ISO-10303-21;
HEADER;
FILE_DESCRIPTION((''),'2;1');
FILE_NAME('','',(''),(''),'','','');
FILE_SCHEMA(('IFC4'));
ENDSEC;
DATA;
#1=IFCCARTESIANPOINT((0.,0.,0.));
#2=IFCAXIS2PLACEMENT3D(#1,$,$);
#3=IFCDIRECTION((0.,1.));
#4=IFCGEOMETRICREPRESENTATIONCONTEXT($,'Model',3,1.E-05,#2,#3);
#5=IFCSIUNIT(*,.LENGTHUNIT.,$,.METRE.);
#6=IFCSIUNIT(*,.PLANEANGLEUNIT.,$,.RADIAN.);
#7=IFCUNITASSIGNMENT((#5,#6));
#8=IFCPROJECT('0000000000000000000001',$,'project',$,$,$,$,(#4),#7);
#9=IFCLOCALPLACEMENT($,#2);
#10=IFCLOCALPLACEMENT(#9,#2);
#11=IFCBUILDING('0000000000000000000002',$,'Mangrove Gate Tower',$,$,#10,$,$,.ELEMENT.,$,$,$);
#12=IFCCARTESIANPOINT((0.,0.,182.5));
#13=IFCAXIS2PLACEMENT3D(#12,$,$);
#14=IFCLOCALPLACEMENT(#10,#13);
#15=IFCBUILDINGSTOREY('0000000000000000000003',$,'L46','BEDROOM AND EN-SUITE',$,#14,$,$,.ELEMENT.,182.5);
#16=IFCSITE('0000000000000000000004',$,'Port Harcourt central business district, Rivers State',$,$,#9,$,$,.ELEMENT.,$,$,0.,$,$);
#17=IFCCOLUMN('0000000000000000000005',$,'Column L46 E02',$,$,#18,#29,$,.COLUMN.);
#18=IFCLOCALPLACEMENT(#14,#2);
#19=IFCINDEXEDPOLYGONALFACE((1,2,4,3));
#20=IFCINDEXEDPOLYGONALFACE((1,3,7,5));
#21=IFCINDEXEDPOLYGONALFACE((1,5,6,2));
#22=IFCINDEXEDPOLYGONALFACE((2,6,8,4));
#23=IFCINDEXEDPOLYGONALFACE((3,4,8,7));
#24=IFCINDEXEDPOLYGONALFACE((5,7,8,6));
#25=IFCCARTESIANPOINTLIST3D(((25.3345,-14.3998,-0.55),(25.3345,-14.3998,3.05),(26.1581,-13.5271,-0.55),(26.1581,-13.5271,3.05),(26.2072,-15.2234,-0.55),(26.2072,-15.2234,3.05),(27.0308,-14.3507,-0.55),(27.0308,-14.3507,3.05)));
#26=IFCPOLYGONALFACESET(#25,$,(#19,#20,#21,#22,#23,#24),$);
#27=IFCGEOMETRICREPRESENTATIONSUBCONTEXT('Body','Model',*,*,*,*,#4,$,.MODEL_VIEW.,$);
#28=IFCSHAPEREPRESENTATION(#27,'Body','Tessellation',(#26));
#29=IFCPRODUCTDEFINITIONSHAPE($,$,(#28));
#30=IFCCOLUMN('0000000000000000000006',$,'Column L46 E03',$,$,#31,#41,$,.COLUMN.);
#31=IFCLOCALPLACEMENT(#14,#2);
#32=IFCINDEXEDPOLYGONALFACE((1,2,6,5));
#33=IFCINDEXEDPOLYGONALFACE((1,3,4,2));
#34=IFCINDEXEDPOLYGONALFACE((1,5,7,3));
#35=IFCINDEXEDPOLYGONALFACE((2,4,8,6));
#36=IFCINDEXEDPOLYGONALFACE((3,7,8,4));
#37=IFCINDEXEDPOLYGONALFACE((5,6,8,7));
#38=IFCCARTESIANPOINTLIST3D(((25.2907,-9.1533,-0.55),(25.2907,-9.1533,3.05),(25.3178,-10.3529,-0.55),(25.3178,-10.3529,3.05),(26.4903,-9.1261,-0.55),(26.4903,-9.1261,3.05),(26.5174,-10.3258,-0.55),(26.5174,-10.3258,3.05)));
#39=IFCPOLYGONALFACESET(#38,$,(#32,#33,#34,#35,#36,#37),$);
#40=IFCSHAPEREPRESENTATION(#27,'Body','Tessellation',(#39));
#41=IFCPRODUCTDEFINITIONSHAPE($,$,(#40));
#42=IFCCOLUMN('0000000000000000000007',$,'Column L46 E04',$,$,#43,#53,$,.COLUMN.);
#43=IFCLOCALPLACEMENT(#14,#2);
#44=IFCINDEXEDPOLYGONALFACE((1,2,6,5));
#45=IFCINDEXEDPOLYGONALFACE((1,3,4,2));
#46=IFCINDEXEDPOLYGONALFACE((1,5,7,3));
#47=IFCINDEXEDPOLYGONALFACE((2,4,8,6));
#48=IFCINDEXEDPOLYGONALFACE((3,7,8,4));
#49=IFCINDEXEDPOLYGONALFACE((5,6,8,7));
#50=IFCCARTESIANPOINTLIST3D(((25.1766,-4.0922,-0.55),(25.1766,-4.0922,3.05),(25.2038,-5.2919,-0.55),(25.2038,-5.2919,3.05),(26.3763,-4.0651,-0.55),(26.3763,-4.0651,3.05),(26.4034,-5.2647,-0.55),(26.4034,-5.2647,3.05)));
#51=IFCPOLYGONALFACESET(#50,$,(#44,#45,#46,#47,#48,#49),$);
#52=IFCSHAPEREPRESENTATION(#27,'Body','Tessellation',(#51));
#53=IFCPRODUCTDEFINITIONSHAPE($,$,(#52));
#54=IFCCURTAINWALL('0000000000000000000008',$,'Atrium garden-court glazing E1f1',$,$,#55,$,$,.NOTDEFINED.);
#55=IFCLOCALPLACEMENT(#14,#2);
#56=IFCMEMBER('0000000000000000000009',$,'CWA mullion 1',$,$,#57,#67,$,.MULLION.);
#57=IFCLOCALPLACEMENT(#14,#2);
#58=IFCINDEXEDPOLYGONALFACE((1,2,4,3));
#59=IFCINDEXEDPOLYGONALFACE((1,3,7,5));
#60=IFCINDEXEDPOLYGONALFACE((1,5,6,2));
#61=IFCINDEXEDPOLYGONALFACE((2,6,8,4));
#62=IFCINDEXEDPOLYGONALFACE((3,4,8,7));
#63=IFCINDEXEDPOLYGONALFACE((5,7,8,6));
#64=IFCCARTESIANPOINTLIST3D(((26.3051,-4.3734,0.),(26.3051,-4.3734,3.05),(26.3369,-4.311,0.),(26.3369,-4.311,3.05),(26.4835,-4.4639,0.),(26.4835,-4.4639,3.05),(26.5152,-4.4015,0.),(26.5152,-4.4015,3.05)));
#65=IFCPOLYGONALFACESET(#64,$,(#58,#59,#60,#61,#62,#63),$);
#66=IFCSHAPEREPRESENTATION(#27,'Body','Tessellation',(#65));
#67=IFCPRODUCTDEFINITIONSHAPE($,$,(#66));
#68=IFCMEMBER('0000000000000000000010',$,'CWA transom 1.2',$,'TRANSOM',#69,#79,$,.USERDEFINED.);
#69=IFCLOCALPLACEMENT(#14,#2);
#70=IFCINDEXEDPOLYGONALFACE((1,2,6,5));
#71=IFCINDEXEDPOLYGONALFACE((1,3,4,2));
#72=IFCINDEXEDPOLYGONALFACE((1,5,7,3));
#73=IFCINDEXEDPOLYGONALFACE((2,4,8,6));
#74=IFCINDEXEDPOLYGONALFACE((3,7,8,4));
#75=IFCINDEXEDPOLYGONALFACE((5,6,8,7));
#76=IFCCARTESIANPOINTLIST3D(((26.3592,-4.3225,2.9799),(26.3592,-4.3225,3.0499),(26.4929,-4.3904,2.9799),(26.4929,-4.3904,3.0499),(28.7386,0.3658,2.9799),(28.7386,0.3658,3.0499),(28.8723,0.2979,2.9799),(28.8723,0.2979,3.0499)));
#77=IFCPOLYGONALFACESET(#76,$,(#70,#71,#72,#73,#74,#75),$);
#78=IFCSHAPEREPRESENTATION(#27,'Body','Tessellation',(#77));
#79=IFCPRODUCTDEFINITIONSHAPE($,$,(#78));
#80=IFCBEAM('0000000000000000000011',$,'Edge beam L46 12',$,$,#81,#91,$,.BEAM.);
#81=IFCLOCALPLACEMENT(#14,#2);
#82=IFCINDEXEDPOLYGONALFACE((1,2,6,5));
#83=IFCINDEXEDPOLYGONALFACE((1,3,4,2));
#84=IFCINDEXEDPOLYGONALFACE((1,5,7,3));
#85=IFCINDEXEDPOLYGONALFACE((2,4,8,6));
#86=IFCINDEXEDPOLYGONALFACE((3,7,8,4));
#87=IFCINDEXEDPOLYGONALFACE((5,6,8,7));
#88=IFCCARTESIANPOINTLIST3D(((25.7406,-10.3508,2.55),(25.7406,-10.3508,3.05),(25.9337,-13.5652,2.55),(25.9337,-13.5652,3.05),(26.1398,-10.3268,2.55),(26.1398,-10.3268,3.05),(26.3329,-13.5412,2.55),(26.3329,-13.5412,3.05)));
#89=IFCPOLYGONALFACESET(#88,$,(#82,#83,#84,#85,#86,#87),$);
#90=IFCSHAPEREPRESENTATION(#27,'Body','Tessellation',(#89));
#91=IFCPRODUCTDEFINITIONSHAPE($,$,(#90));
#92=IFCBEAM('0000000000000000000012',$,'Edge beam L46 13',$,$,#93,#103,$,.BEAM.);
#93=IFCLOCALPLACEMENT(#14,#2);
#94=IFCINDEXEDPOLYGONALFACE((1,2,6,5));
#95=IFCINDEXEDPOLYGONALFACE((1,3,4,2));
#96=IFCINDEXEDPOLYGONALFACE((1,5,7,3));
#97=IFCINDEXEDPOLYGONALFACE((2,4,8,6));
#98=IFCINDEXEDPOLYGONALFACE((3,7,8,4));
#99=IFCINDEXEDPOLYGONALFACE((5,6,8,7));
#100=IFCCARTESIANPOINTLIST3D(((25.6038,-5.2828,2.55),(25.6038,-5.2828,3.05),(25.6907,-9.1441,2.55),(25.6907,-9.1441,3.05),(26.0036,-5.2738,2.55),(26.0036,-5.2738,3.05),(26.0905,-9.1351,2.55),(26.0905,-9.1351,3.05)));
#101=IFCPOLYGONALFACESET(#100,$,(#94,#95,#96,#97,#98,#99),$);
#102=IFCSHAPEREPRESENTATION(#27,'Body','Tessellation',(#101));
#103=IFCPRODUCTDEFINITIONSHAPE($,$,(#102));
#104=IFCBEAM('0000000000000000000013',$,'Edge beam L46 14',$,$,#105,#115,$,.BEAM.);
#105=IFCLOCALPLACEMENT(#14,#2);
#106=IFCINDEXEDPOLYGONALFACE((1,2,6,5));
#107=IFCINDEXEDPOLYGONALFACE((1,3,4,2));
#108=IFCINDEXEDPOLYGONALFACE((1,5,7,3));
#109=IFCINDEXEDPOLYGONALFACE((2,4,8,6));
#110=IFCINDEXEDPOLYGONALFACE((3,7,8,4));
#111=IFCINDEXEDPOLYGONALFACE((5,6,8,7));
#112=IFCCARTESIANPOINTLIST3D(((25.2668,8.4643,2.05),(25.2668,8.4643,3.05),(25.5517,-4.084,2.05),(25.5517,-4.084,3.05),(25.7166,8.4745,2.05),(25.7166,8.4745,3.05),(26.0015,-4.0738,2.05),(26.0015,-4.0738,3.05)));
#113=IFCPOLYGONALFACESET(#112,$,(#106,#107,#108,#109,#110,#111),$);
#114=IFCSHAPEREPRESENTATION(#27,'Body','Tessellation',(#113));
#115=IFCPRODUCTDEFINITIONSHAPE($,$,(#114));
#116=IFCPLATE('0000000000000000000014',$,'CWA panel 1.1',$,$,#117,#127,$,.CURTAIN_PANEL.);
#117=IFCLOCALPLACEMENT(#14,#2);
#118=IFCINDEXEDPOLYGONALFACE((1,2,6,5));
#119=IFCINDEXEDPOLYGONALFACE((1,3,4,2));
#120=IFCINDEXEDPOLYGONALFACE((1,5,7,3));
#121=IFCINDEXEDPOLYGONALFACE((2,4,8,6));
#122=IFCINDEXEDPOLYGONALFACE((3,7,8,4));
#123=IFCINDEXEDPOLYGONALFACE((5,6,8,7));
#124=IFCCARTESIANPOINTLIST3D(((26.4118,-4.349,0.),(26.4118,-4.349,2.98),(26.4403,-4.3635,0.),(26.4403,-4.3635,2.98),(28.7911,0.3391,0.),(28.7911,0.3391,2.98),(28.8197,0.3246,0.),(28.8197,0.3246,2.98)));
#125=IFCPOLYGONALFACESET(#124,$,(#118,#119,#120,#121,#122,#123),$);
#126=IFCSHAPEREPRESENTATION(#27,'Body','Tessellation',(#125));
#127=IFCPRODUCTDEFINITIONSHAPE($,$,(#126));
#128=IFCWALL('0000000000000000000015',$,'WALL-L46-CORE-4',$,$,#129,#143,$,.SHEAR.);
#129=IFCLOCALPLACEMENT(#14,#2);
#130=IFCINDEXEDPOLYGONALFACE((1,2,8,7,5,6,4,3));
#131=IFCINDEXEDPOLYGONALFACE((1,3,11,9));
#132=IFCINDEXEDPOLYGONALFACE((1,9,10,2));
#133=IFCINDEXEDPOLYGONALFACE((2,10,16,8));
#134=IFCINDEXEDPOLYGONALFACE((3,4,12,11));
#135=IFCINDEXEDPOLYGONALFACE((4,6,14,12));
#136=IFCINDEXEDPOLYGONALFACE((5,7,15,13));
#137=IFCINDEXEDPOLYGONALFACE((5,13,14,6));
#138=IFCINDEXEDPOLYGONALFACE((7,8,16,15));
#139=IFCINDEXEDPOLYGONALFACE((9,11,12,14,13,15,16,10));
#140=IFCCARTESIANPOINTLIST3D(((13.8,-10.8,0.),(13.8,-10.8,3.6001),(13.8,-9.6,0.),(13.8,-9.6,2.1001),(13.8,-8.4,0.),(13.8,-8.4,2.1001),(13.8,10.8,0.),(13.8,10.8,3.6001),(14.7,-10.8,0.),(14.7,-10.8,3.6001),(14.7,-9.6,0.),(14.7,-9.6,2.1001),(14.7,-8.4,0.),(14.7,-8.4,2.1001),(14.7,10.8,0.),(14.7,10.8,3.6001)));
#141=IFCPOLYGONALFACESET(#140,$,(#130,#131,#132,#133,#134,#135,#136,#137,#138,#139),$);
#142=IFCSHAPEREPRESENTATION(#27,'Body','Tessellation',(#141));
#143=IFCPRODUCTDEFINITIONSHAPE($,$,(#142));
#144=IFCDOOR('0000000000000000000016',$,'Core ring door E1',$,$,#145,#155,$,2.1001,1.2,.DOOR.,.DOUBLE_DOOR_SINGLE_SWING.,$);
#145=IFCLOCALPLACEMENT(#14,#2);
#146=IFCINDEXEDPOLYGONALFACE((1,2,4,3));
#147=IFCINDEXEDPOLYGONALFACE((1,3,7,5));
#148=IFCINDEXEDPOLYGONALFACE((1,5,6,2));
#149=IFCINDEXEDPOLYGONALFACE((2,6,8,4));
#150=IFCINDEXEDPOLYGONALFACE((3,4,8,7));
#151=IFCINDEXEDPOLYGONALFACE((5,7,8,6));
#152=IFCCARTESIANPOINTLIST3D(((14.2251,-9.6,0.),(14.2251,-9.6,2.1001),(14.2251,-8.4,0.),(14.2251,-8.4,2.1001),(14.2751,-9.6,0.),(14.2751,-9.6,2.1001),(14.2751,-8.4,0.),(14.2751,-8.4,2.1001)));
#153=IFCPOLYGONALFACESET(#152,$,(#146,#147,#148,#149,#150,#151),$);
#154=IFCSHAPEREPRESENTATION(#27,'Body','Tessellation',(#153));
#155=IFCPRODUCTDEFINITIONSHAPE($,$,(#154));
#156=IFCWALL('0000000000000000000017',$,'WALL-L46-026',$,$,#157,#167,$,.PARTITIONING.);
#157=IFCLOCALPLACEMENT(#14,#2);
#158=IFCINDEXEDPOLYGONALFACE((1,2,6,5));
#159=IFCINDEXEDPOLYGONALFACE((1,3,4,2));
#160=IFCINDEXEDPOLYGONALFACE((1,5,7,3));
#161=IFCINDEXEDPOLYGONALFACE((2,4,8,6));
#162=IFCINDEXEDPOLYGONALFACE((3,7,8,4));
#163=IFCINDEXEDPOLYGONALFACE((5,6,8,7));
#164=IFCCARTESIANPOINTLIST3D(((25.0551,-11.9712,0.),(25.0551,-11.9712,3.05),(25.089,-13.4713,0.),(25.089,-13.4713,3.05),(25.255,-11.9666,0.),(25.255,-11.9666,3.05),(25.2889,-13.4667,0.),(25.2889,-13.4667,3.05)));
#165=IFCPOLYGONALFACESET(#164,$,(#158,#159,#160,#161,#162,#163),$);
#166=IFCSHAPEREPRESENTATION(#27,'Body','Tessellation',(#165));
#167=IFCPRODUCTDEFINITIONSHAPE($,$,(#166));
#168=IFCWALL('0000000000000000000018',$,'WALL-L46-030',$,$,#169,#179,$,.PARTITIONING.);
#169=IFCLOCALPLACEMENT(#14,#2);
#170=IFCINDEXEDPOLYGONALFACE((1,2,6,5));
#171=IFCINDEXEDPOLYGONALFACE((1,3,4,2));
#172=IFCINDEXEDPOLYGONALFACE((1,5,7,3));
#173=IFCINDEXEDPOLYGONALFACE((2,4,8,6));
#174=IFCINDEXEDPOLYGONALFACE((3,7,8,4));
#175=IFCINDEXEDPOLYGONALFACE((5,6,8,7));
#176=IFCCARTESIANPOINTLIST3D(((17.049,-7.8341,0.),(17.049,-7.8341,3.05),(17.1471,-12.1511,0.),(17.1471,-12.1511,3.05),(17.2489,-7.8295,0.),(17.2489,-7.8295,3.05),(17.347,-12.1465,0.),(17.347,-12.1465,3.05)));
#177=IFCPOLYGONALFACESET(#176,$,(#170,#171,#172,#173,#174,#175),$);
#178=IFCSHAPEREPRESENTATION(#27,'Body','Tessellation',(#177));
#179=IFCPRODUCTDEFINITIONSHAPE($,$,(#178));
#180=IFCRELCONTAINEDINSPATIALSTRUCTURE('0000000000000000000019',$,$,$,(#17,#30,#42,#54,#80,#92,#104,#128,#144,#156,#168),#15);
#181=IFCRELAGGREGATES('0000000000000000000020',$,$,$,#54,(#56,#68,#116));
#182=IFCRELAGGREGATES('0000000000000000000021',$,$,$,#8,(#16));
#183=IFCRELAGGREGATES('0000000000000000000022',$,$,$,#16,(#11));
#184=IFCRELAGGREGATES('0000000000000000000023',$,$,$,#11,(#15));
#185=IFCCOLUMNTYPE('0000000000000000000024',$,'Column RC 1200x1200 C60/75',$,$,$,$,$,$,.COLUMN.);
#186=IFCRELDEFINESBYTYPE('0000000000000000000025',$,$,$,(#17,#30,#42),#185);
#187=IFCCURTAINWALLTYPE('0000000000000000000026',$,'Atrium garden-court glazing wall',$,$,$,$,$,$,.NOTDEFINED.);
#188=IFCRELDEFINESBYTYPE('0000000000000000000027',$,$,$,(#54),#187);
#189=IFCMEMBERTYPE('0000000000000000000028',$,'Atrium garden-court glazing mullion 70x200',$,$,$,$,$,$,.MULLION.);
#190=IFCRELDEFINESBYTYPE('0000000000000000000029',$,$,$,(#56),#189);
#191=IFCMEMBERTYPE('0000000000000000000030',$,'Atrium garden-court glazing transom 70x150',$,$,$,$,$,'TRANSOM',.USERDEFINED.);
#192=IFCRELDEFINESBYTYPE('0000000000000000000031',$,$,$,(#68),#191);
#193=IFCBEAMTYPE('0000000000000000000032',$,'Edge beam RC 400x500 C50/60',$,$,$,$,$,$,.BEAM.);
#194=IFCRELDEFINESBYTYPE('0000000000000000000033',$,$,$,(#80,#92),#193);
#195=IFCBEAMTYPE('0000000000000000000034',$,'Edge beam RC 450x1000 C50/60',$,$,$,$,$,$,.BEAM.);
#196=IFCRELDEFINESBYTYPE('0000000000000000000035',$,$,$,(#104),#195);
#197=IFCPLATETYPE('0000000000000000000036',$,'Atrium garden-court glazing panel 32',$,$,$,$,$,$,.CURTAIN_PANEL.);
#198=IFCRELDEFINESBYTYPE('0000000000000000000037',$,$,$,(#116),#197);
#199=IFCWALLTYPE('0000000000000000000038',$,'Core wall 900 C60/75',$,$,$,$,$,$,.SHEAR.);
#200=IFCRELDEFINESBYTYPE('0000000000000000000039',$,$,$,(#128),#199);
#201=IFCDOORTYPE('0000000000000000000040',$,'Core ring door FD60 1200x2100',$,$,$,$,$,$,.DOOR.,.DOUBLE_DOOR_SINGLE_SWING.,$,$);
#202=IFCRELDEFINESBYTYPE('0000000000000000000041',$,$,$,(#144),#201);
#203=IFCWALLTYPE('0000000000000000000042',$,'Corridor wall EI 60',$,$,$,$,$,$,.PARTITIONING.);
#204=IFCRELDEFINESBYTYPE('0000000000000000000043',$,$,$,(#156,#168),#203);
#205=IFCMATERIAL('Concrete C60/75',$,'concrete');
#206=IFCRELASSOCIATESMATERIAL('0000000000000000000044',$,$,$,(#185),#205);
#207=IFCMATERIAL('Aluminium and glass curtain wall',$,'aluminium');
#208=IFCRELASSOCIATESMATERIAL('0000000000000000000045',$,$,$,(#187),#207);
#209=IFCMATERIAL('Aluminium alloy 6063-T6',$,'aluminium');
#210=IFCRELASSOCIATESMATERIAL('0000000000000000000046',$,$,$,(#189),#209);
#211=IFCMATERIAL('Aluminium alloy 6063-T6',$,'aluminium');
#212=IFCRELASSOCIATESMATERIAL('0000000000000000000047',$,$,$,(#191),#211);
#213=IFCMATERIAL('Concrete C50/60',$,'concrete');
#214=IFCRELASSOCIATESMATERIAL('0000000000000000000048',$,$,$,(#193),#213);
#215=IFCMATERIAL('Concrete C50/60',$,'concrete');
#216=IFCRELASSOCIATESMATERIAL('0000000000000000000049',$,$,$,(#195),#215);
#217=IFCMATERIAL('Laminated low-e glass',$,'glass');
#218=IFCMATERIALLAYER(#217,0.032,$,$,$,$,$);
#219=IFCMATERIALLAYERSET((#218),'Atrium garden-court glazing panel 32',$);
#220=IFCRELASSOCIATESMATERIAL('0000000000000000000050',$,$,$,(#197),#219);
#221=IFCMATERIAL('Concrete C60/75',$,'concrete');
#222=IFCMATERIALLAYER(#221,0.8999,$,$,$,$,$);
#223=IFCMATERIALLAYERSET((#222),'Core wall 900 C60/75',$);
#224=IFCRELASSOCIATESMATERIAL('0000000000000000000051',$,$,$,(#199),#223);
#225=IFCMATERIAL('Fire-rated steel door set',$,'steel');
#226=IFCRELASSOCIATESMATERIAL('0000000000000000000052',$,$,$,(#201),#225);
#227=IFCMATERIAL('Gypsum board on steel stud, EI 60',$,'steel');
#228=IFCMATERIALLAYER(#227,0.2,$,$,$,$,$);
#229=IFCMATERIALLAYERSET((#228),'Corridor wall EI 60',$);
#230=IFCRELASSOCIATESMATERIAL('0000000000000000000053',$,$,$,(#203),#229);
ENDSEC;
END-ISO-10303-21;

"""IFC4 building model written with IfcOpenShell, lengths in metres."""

from ifc_helpers import new_model, si_unit, direction, frame, frame_2d, origin, origin_2d, place, context, subcontext, project, spatial, rectangle, extrude, material, layer, layer_set, material_profile, profile_set, type_object, element, fill, aggregate, save


model = new_model("IFC4")

# Units and contexts
model_context = context("Model", 3, precision=1e-05, world=origin(), true_north=direction((0.0, 1.0)))
body_context = subcontext(model_context, "Body", "Model", "MODEL_VIEW")
ifc_project = project(units=[si_unit("LENGTHUNIT", "METRE"), si_unit("PLANEANGLEUNIT", "RADIAN")], contexts=[model_context])

# Site, building, storey
site_placement = place(None, origin())
site = spatial("IfcSite", under=ifc_project, at=site_placement, Name="Port Harcourt central business district, Rivers State", CompositionType="ELEMENT", RefElevation=0.0)
building_placement = place(site_placement, origin())
building = spatial("IfcBuilding", under=site, at=building_placement, Name="Mangrove Gate Tower", CompositionType="ELEMENT")
storey_placement = place(building_placement, frame((0.0, 0.0, 182.5)))
storey = spatial("IfcBuildingStorey", under=building, at=storey_placement, Name="L46", Description="BEDROOM AND EN-SUITE", CompositionType="ELEMENT", Elevation=182.5)

# Columns
ifc_material_1 = material(Name="Concrete C60/75", Category="concrete")
ifc_material_profile_1 = material_profile(ifc_material_1, rectangle(XDim=1.2, YDim=1.2, at=origin_2d()))
ifc_profile_set_1 = profile_set([ifc_material_profile_1], Name="Concrete C60/75")
column_type = type_object("IfcColumnType", Name="Column RC 1200x1200 C60/75", PredefinedType="COLUMN", material=ifc_profile_set_1)
for number, where, z_axis, x_axis, name in (
    (1, (26.1826, -14.3752, -0.55), (0.0, 0.0, 1.0), (0.686359, 0.727263, 0.0), "Column L46 E02"),
    (2, (25.9041, -9.7395, -0.55), (0.0, 0.0, 1.0), (-0.022618, 0.999744, 0.0), "Column L46 E03"),
    (3, (25.79, -4.6785, -0.55), (0.0, 0.0, 1.0), (-0.022643, 0.999744, 0.0), "Column L46 E04"),
):
    element("IfcColumn", number, at=place(storey_placement, frame(where, z_axis=z_axis, x_axis=x_axis)), inside=storey, type_object=column_type, Name=name, PredefinedType="COLUMN", context=body_context, shape_type="SweptSolid", body=[
        extrude(rectangle(XDim=1.2, YDim=1.2, at=origin_2d()), origin(), (0.0, 0.0, 1.0), 3.6001),
    ])

# Curtain wall, members
ifc_material_2 = material(Name="Aluminium and glass curtain wall", Category="aluminium")
curtain_wall_type = type_object("IfcCurtainWallType", Name="Atrium garden-court glazing wall", PredefinedType="NOTDEFINED", material=ifc_material_2)
curtain_wall_placement = place(storey_placement, origin())
curtain_wall = element("IfcCurtainWall", 4, at=curtain_wall_placement, inside=storey, type_object=curtain_wall_type, Name="Atrium garden-court glazing E1f1", PredefinedType="NOTDEFINED")
ifc_material_3 = material(Name="Aluminium alloy 6063-T6", Category="aluminium")
ifc_material_profile_2 = material_profile(ifc_material_3, rectangle(XDim=0.0701, YDim=0.2, at=origin_2d()))
ifc_profile_set_2 = profile_set([ifc_material_profile_2], Name="Aluminium alloy 6063-T6")
member_type_1 = type_object("IfcMemberType", Name="Atrium garden-court glazing mullion 70x200", PredefinedType="MULLION", material=ifc_profile_set_2)
member_1_placement = place(storey_placement, frame((26.4102, -4.3875, 0.0), z_axis=(0.0, 0.0, 1.0), x_axis=(0.452578, 0.891725, 0.0)))
member_1 = element("IfcMember", 5, at=member_1_placement, type_object=member_type_1, Name="CWA mullion 1", PredefinedType="MULLION", context=body_context, shape_type="SweptSolid", body=[
    extrude(rectangle(XDim=0.0701, YDim=0.2, at=origin_2d()), origin(), (0.0, 0.0, 1.0), 3.05),
])
ifc_material_4 = material(Name="Aluminium alloy 6063-T6", Category="aluminium")
ifc_material_profile_3 = material_profile(ifc_material_4, rectangle(XDim=0.0701, YDim=0.1499, at=origin_2d()))
ifc_profile_set_3 = profile_set([ifc_material_profile_3], Name="Aluminium alloy 6063-T6")
member_type_2 = type_object("IfcMemberType", Name="Atrium garden-court glazing transom 70x150", ElementType="TRANSOM", PredefinedType="USERDEFINED", material=ifc_profile_set_3)
member_2_placement = place(storey_placement, frame((26.426, -4.3564, 3.0149), z_axis=(0.452574, 0.891727, 0.0), x_axis=(0.0, 0.0, 1.0)))
member_2 = element("IfcMember", 6, at=member_2_placement, type_object=member_type_2, Name="CWA transom 1.2", ObjectType="TRANSOM", PredefinedType="USERDEFINED", context=body_context, shape_type="SweptSolid", body=[
    extrude(rectangle(XDim=0.0701, YDim=0.1499, at=origin_2d()), origin(), (0.0, 0.0, 1.0), 5.2576),
])

# Beams
ifc_material_5 = material(Name="Concrete C50/60", Category="concrete")
ifc_material_profile_4 = material_profile(ifc_material_5, rectangle(XDim=0.3999, YDim=0.5, at=origin_2d()))
ifc_profile_set_4 = profile_set([ifc_material_profile_4], Name="Concrete C50/60")
beam_type_1 = type_object("IfcBeamType", Name="Edge beam RC 400x500 C50/60", PredefinedType="BEAM", material=ifc_profile_set_4)
beam_1_placement = place(storey_placement, frame((26.1333, -13.5532, 2.8), z_axis=(-0.059971, 0.9982, 0.0), x_axis=(-0.9982, -0.059971, 0.0)))
element("IfcBeam", 7, at=beam_1_placement, inside=storey, type_object=beam_type_1, Name="Edge beam L46 12", PredefinedType="BEAM", context=body_context, shape_type="SweptSolid", body=[
    extrude(rectangle(XDim=0.3999, YDim=0.5, at=origin_2d()), origin(), (0.0, 0.0, 1.0), 3.2202),
])
beam_2_placement = place(storey_placement, frame((25.8906, -9.1396, 2.8), z_axis=(-0.022503, 0.999747, 0.0), x_axis=(-0.999747, -0.022503, 0.0)))
element("IfcBeam", 8, at=beam_2_placement, inside=storey, type_object=beam_type_1, Name="Edge beam L46 13", PredefinedType="BEAM", context=body_context, shape_type="SweptSolid", body=[
    extrude(rectangle(XDim=0.3999, YDim=0.5, at=origin_2d()), origin(), (0.0, 0.0, 1.0), 3.8623),
])
ifc_material_6 = material(Name="Concrete C50/60", Category="concrete")
ifc_material_profile_5 = material_profile(ifc_material_6, rectangle(XDim=0.45, YDim=1.0, at=origin_2d()))
ifc_profile_set_5 = profile_set([ifc_material_profile_5], Name="Concrete C50/60")
beam_type_2 = type_object("IfcBeamType", Name="Edge beam RC 450x1000 C50/60", PredefinedType="BEAM", material=ifc_profile_set_5)
beam_3_placement = place(storey_placement, frame((25.7766, -4.0789, 2.55), z_axis=(-0.022699, 0.999742, 0.0), x_axis=(-0.999742, -0.022699, 0.0)))
element("IfcBeam", 9, at=beam_3_placement, inside=storey, type_object=beam_type_2, Name="Edge beam L46 14", PredefinedType="BEAM", context=body_context, shape_type="SweptSolid", body=[
    extrude(rectangle(XDim=0.45, YDim=1.0, at=origin_2d()), origin(), (0.0, 0.0, 1.0), 12.5515),
])

# Plate
ifc_material_7 = material(Name="Laminated low-e glass", Category="glass")
ifc_layer_1 = layer(ifc_material_7, 0.032)
ifc_layer_set_1 = layer_set([ifc_layer_1], Name="Atrium garden-court glazing panel 32")
plate_type = type_object("IfcPlateType", Name="Atrium garden-court glazing panel 32", PredefinedType="CURTAIN_PANEL", material=ifc_layer_set_1)
plate_placement = place(storey_placement, frame((27.6157, -2.0122, 0.0), z_axis=(0.0, 0.0, 1.0), x_axis=(0.452578, 0.891725, 0.0)))
plate = element("IfcPlate", 10, at=plate_placement, type_object=plate_type, Name="CWA panel 1.1", PredefinedType="CURTAIN_PANEL", context=body_context, shape_type="SweptSolid", body=[
    extrude(rectangle(XDim=5.2573, YDim=0.032, at=origin_2d()), origin(), (0.0, 0.0, 1.0), 2.98),
])
aggregate(curtain_wall, [member_1, member_2, plate])

# Wall, opening, door
ifc_material_8 = material(Name="Concrete C60/75", Category="concrete")
ifc_layer_2 = layer(ifc_material_8, 0.8999)
ifc_layer_set_2 = layer_set([ifc_layer_2], Name="Core wall 900 C60/75")
wall_type_1 = type_object("IfcWallType", Name="Core wall 900 C60/75", PredefinedType="SHEAR", material=ifc_layer_set_2)
wall_1_placement = place(storey_placement, frame((14.25, -10.8, 0.0), z_axis=(0.0, 0.0, 1.0), x_axis=(0.0, 1.0, 0.0)))
wall_1 = element("IfcWall", 11, at=wall_1_placement, inside=storey, type_object=wall_type_1, Name="WALL-L46-CORE-4", PredefinedType="SHEAR", context=body_context, shape_type="SweptSolid", body=[
    extrude(rectangle(XDim=21.6001, YDim=0.8999, at=frame_2d((10.8, 0.0))), origin(), (0.0, 0.0, 1.0), 3.6001),
])
opening_1_placement = place(wall_1_placement, frame((1.2, 0.0, 0.0)))
opening_1 = element("IfcOpeningElement", 12, at=opening_1_placement, cuts=wall_1, PredefinedType="OPENING", context=body_context, shape_type="SweptSolid", body=[
    extrude(rectangle(XDim=1.2, YDim=2.1001, at=frame_2d((0.6001, 1.05))), frame((0.0, 0.46, 0.0), z_axis=(0.0, -1.0, 0.0), x_axis=(1.0, 0.0, 0.0)), (0.0, 0.0, 1.0), 0.9199),
])
ifc_material_9 = material(Name="Fire-rated steel door set", Category="steel")
door_type_1 = type_object("IfcDoorType", Name="Core ring door FD60 1200x2100", OperationType="DOUBLE_DOOR_SINGLE_SWING", PredefinedType="DOOR", material=ifc_material_9)
door_1_placement = place(opening_1_placement, origin())
door_1 = element("IfcDoor", 13, at=door_1_placement, inside=storey, type_object=door_type_1, Name="Core ring door E1", OperationType="DOUBLE_DOOR_SINGLE_SWING", OverallHeight=2.1001, OverallWidth=1.2, PredefinedType="DOOR", context=body_context, shape_type="SweptSolid", body=[
    extrude(rectangle(XDim=1.2, YDim=2.1001, at=frame_2d((0.6001, 1.05))), frame((0.0, 0.0249, 0.0), z_axis=(0.0, -1.0, 0.0), x_axis=(1.0, 0.0, 0.0)), (0.0, 0.0, 1.0), 0.05),
])
fill(opening_1, door_1)

# Walls
ifc_material_10 = material(Name="Gypsum board on steel stud, EI 60", Category="steel")
ifc_layer_3 = layer(ifc_material_10, 0.2)
ifc_layer_set_3 = layer_set([ifc_layer_3], Name="Corridor wall EI 60")
wall_type_2 = type_object("IfcWallType", Name="Corridor wall EI 60", PredefinedType="PARTITIONING", material=ifc_layer_set_3)
wall_2_placement = place(storey_placement, frame((25.189, -13.469, 0.0), z_axis=(0.0, 0.0, 1.0), x_axis=(-0.022618, 0.999744, 0.0)))
element("IfcWall", 14, at=wall_2_placement, inside=storey, type_object=wall_type_2, Name="WALL-L46-026", PredefinedType="PARTITIONING", context=body_context, shape_type="SweptSolid", body=[
    extrude(rectangle(XDim=1.5005, YDim=0.2, at=frame_2d((0.7502, 0.0))), origin(), (0.0, 0.0, 1.0), 3.05),
])
wall_3_placement = place(storey_placement, frame((17.2471, -12.1489, 0.0), z_axis=(0.0, 0.0, 1.0), x_axis=(-0.022729, 0.999742, 0.0)))
element("IfcWall", 15, at=wall_3_placement, inside=storey, type_object=wall_type_2, Name="WALL-L46-030", PredefinedType="PARTITIONING", context=body_context, shape_type="SweptSolid", body=[
    extrude(rectangle(XDim=4.3181, YDim=0.2, at=frame_2d((2.1592, 0.0))), origin(), (0.0, 0.0, 1.0), 3.05),
])

save(model, "model.ifc")
